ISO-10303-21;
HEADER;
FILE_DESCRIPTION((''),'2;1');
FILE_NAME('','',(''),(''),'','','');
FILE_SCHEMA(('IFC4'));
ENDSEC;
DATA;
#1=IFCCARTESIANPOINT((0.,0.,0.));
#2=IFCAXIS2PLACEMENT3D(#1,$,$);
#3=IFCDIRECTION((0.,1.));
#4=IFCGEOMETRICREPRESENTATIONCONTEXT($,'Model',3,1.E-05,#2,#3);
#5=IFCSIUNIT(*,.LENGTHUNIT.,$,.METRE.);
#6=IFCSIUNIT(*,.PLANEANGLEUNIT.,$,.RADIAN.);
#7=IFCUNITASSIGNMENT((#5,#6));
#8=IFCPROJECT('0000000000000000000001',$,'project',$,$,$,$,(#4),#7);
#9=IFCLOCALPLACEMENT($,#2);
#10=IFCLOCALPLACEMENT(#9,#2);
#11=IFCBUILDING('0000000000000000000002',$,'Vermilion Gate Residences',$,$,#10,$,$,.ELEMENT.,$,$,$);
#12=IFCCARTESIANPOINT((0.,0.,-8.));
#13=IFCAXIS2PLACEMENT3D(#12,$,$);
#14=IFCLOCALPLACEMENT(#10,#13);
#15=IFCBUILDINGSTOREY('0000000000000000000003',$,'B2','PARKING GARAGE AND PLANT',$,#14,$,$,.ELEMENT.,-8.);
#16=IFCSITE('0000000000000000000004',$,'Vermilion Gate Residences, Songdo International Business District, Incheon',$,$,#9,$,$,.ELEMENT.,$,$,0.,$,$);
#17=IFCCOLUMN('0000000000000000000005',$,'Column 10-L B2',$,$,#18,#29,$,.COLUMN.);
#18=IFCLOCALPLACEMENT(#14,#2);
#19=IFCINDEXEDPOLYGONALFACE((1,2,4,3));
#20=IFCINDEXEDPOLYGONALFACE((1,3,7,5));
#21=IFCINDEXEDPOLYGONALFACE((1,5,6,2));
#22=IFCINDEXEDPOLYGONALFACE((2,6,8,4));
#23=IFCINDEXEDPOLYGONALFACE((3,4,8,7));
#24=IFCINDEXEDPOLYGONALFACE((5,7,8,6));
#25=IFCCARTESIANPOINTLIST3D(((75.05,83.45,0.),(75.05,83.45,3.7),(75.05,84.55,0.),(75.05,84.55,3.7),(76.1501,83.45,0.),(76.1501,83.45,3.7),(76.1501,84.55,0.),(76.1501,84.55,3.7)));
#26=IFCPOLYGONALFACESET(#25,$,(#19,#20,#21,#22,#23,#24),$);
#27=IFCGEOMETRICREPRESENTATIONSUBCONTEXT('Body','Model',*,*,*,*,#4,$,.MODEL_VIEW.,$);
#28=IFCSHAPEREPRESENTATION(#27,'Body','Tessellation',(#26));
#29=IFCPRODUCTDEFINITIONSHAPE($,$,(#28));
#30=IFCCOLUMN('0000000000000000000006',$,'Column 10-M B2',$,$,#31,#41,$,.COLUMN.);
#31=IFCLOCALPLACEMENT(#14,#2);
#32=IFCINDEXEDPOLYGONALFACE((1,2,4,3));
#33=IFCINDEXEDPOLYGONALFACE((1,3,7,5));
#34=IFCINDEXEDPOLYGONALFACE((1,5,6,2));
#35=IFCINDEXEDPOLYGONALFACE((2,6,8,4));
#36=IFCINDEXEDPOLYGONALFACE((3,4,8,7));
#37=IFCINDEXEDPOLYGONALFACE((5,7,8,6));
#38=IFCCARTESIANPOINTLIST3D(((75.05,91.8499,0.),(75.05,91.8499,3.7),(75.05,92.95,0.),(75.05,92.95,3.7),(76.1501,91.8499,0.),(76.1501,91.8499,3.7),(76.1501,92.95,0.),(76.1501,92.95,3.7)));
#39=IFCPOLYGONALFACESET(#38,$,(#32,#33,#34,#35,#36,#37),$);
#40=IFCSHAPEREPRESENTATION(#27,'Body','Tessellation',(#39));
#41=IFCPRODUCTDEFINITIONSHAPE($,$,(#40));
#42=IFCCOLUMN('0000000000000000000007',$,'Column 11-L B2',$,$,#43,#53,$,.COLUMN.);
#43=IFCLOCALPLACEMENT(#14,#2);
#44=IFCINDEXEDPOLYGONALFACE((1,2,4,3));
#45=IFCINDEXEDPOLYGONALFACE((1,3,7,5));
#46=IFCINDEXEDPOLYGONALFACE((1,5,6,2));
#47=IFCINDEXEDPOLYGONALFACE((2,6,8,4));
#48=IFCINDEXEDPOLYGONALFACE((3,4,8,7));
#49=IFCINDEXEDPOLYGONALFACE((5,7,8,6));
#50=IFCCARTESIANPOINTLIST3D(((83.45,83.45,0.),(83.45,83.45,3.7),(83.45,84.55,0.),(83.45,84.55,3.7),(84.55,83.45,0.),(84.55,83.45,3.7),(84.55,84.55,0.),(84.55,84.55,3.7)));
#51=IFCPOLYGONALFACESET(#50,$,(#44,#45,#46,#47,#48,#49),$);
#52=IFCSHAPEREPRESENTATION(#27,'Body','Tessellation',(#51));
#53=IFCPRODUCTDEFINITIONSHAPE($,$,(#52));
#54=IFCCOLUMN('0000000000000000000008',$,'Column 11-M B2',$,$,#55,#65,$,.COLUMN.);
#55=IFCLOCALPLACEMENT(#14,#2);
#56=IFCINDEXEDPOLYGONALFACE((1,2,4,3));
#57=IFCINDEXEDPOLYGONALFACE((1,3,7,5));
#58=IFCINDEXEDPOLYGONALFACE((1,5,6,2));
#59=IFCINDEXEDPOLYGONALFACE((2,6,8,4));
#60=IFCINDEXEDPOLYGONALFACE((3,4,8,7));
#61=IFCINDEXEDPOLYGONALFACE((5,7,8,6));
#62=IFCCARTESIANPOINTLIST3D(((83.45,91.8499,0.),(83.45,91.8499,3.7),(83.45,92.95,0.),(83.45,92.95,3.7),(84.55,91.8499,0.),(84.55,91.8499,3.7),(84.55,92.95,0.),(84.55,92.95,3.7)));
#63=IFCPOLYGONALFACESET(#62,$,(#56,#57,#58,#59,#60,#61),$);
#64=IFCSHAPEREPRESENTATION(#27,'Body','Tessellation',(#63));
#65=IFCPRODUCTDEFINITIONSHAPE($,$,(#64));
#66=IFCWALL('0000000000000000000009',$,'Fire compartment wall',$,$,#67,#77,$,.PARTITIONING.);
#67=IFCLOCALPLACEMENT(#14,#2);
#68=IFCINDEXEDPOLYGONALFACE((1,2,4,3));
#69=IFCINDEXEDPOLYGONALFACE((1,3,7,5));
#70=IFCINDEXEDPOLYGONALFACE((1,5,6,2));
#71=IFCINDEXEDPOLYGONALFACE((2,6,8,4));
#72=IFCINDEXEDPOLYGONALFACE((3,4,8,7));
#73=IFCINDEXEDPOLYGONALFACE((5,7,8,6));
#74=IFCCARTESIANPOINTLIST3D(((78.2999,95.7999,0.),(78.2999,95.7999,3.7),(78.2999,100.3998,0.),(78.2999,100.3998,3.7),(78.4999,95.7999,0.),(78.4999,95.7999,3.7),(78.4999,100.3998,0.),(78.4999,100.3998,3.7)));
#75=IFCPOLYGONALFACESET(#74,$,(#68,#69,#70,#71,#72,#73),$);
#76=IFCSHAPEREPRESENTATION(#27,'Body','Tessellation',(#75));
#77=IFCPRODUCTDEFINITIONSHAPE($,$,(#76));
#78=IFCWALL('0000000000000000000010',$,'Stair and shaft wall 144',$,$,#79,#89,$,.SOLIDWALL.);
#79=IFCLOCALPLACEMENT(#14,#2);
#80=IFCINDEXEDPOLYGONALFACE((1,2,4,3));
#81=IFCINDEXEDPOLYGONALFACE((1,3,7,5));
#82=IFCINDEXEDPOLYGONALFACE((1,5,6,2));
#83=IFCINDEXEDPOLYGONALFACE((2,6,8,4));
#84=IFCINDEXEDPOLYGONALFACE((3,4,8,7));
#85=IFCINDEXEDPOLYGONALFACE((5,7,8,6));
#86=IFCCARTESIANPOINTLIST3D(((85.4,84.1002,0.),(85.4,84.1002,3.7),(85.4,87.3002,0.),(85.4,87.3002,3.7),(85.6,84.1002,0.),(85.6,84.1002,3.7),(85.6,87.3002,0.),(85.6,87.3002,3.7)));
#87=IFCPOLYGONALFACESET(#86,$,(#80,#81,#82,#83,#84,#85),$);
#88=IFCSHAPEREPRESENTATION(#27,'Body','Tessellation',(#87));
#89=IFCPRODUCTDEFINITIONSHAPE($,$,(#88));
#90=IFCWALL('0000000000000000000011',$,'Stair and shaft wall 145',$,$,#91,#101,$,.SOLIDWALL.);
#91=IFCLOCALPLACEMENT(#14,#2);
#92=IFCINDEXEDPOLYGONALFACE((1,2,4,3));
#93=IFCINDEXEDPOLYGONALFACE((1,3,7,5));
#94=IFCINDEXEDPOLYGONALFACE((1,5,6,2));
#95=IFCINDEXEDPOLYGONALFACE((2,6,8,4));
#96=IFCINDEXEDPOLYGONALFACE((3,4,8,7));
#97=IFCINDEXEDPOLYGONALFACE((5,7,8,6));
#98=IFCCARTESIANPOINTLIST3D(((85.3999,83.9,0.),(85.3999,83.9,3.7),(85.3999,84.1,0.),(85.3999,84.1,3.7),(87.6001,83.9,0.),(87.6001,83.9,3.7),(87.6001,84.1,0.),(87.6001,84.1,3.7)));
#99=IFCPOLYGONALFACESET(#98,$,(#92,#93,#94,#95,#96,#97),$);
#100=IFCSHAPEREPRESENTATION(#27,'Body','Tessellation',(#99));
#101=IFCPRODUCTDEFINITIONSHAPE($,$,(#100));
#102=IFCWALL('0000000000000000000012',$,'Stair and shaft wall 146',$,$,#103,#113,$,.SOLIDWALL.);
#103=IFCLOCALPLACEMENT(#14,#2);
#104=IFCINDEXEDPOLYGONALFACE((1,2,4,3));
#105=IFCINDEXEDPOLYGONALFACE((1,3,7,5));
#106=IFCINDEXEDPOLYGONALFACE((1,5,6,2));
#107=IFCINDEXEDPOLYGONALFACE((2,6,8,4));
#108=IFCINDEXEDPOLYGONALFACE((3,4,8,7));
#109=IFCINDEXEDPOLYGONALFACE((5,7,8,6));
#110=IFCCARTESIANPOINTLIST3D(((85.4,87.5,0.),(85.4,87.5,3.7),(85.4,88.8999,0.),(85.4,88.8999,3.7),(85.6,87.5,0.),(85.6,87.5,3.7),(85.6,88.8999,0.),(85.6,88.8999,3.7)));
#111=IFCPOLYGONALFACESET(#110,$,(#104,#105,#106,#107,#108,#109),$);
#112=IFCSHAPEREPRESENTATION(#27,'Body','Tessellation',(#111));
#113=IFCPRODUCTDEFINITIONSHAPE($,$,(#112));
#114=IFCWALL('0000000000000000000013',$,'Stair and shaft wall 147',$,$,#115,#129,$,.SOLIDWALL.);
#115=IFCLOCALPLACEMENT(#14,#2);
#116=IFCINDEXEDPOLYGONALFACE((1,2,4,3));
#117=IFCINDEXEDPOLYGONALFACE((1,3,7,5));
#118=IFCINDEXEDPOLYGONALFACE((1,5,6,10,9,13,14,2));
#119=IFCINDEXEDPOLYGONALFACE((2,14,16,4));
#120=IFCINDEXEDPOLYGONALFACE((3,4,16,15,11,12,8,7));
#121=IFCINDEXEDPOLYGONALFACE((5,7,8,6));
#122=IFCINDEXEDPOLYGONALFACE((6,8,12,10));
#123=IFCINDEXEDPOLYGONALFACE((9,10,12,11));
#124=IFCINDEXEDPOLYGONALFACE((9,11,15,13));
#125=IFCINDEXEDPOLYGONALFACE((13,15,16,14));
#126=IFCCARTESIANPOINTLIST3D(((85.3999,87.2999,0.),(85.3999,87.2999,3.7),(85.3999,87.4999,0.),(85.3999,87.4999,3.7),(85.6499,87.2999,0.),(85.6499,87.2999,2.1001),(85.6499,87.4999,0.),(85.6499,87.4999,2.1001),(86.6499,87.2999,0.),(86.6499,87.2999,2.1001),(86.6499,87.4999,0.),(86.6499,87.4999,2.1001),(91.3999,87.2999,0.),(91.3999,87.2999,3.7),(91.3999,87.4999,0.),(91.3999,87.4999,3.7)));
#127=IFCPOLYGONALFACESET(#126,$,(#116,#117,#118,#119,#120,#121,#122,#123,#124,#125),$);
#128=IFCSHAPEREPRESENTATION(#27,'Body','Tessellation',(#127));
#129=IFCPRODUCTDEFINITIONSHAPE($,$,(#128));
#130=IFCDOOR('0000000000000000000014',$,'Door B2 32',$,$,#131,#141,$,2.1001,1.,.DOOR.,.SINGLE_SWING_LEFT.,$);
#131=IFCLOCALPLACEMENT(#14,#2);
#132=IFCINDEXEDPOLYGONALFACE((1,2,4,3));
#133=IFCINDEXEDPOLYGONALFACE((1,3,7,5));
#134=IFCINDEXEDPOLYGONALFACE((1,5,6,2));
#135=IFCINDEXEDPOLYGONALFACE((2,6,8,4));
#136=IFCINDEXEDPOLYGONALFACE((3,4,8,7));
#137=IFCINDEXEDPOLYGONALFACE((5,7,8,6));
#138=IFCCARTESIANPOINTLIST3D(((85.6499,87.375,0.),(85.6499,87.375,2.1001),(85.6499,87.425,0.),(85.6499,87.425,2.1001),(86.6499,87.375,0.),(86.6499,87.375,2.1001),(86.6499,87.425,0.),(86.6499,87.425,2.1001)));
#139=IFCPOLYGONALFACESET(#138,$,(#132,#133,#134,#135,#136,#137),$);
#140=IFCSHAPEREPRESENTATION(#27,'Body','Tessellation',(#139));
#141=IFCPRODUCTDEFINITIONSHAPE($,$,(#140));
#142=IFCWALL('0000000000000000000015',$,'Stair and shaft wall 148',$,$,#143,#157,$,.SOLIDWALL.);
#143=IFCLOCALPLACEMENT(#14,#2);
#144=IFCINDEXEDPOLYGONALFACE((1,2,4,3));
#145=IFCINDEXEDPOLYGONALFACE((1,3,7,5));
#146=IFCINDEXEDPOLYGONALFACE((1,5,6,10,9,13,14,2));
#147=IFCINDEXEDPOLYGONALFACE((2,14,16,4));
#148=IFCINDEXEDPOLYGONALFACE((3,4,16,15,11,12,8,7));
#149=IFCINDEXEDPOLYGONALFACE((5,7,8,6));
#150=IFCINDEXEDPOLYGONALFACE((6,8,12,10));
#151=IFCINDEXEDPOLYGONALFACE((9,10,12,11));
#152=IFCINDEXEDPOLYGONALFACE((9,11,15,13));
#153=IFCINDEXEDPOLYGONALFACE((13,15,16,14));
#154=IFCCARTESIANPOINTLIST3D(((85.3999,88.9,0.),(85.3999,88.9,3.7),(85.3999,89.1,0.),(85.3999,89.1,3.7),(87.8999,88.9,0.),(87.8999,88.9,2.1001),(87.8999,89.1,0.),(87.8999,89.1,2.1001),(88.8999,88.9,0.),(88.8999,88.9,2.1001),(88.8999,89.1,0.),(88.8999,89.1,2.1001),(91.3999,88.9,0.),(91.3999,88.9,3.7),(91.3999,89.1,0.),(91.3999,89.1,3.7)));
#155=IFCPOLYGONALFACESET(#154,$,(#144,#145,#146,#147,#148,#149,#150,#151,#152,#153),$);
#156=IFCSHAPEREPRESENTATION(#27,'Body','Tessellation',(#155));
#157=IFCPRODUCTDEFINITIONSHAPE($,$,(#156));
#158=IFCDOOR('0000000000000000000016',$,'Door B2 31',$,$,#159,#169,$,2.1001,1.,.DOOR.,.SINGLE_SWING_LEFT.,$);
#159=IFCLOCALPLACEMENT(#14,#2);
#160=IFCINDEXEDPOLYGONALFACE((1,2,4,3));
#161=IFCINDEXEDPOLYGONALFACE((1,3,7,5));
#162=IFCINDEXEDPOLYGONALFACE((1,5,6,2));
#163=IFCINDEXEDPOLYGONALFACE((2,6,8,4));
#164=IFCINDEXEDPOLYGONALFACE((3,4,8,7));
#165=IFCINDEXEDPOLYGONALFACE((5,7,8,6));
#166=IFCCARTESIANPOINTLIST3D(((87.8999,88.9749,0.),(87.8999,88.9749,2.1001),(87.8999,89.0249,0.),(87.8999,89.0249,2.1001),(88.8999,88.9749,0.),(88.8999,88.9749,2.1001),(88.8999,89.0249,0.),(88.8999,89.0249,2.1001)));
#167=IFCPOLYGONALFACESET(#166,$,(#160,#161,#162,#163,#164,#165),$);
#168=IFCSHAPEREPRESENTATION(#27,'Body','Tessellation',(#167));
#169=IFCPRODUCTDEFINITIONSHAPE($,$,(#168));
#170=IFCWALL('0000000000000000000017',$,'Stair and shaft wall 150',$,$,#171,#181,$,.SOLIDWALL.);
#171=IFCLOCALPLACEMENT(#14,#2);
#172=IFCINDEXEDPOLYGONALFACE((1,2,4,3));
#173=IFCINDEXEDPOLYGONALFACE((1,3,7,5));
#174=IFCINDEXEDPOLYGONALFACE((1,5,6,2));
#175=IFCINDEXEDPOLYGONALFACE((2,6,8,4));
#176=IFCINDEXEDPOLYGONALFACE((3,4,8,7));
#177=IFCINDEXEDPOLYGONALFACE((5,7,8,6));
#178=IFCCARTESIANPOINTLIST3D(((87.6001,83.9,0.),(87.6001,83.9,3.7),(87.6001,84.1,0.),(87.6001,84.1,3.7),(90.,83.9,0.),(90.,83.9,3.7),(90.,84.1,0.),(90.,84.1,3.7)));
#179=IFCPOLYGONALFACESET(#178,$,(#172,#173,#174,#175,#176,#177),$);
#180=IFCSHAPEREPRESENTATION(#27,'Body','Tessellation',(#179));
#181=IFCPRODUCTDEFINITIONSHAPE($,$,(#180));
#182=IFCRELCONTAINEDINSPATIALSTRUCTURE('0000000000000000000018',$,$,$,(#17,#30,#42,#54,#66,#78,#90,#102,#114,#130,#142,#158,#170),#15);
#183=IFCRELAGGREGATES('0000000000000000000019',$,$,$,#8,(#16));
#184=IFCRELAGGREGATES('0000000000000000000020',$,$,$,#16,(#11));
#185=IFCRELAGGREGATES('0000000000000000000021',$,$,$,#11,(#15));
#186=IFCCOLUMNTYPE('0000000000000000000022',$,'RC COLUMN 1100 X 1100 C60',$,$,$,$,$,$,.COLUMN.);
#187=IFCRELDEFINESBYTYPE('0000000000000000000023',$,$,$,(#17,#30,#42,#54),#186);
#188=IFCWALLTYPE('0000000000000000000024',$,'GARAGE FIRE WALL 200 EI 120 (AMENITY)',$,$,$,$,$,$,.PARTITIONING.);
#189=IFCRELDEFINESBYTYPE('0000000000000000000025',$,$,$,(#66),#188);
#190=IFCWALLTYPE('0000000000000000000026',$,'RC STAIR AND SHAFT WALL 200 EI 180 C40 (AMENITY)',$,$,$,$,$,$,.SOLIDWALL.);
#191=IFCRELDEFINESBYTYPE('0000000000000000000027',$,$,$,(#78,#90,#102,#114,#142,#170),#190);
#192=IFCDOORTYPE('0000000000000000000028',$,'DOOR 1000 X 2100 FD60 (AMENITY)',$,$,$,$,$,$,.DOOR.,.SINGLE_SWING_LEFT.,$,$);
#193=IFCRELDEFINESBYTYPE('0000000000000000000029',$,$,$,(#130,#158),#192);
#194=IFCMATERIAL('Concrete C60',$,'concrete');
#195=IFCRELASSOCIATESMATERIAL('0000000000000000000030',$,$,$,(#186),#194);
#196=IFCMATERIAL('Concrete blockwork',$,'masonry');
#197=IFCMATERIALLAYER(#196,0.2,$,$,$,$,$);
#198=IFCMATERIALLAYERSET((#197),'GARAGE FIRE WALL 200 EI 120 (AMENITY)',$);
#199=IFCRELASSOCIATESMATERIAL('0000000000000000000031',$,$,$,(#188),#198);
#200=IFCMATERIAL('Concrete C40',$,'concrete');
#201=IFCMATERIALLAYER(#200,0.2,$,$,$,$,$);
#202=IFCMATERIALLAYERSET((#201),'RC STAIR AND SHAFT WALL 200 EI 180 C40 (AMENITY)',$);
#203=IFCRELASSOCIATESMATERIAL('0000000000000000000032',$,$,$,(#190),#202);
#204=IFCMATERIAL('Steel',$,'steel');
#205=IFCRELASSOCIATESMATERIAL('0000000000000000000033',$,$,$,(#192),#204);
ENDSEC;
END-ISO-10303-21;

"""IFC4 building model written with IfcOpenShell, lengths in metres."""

from ifc_helpers import new_model, si_unit, direction, frame, frame_2d, origin, origin_2d, place, context, subcontext, project, spatial, rectangle, extrude, material, layer, layer_set, material_profile, profile_set, type_object, element, fill, save


model = new_model("IFC4")

# Units and contexts
model_context = context("Model", 3, precision=1e-05, world=origin(), true_north=direction((0.0, 1.0)))
body_context = subcontext(model_context, "Body", "Model", "MODEL_VIEW")
ifc_project = project(units=[si_unit("LENGTHUNIT", "METRE"), si_unit("PLANEANGLEUNIT", "RADIAN")], contexts=[model_context])

# Site, building, storey
site_placement = place(None, origin())
site = spatial("IfcSite", under=ifc_project, at=site_placement, Name="Vermilion Gate Residences, Songdo International Business District, Incheon", CompositionType="ELEMENT", RefElevation=0.0)
building_placement = place(site_placement, origin())
building = spatial("IfcBuilding", under=site, at=building_placement, Name="Vermilion Gate Residences", CompositionType="ELEMENT")
storey_placement = place(building_placement, frame((0.0, 0.0, -8.0)))
storey = spatial("IfcBuildingStorey", under=building, at=storey_placement, Name="B2", Description="PARKING GARAGE AND PLANT", CompositionType="ELEMENT", Elevation=-8.0)

# Columns
ifc_material_1 = material(Name="Concrete C60", Category="concrete")
ifc_material_profile_1 = material_profile(ifc_material_1, rectangle(XDim=1.1001, YDim=1.1001, at=origin_2d()), Name="RC-1100x1100")
ifc_profile_set_1 = profile_set([ifc_material_profile_1], Name="Concrete C60")
column_type = type_object("IfcColumnType", Name="RC COLUMN 1100 X 1100 C60", PredefinedType="COLUMN", material=ifc_profile_set_1)
for number, where, z_axis, x_axis, name in (
    (1, (75.6001, 84.0, 0.0), (0.0, 0.0, 1.0), (1.0, 0.0, 0.0), "Column 10-L B2"),
    (2, (75.6001, 92.3999, 0.0), (0.0, 0.0, 1.0), (1.0, 0.0, 0.0), "Column 10-M B2"),
    (3, (84.0, 84.0, 0.0), (0.0, 0.0, 1.0), (1.0, 0.0, 0.0), "Column 11-L B2"),
    (4, (84.0, 92.3999, 0.0), (0.0, 0.0, 1.0), (1.0, 0.0, 0.0), "Column 11-M B2"),
):
    element("IfcColumn", number, at=place(storey_placement, frame(where, z_axis=z_axis, x_axis=x_axis)), inside=storey, type_object=column_type, Name=name, PredefinedType="COLUMN", context=body_context, shape_type="SweptSolid", body=[
        extrude(rectangle(XDim=1.1001, YDim=1.1001, at=origin_2d()), origin(), (0.0, 0.0, 1.0), 3.7),
    ])

# Shared definitions
ifc_material_2 = material(Name="Concrete blockwork", Category="masonry")
ifc_layer_1 = layer(ifc_material_2, 0.2)
ifc_layer_set_1 = layer_set([ifc_layer_1], Name="GARAGE FIRE WALL 200 EI 120 (AMENITY)")
wall_type_1 = type_object("IfcWallType", Name="GARAGE FIRE WALL 200 EI 120 (AMENITY)", PredefinedType="PARTITIONING", material=ifc_layer_set_1)

# Walls
wall_1_placement = place(storey_placement, frame((78.3999, 95.8, 0.0), z_axis=(0.0, 0.0, 1.0), x_axis=(0.0, 1.0, 0.0)))
element("IfcWall", 5, at=wall_1_placement, inside=storey, type_object=wall_type_1, Name="Fire compartment wall", PredefinedType="PARTITIONING", context=body_context, shape_type="SweptSolid", body=[
    extrude(rectangle(XDim=4.5999, YDim=0.2, at=frame_2d((2.2998, 0.0))), origin(), (0.0, 0.0, 1.0), 3.7),
])
ifc_material_3 = material(Name="Concrete C40", Category="concrete")
ifc_layer_2 = layer(ifc_material_3, 0.2)
ifc_layer_set_2 = layer_set([ifc_layer_2], Name="RC STAIR AND SHAFT WALL 200 EI 180 C40 (AMENITY)")
wall_type_2 = type_object("IfcWallType", Name="RC STAIR AND SHAFT WALL 200 EI 180 C40 (AMENITY)", PredefinedType="SOLIDWALL", material=ifc_layer_set_2)
wall_2_placement = place(storey_placement, frame((85.5, 84.1001, 0.0), z_axis=(0.0, 0.0, 1.0), x_axis=(0.0, 1.0, 0.0)))
element("IfcWall", 6, at=wall_2_placement, inside=storey, type_object=wall_type_2, Name="Stair and shaft wall 144", PredefinedType="SOLIDWALL", context=body_context, shape_type="SweptSolid", body=[
    extrude(rectangle(XDim=3.2, YDim=0.2, at=frame_2d((1.6001, 0.0))), origin(), (0.0, 0.0, 1.0), 3.7),
])
wall_3_placement = place(storey_placement, frame((85.3999, 84.0, 0.0), z_axis=(0.0, 0.0, 1.0), x_axis=(1.0, 0.0, 0.0)))
element("IfcWall", 7, at=wall_3_placement, inside=storey, type_object=wall_type_2, Name="Stair and shaft wall 145", PredefinedType="SOLIDWALL", context=body_context, shape_type="SweptSolid", body=[
    extrude(rectangle(XDim=2.2002, YDim=0.2, at=frame_2d((1.1001, 0.0))), origin(), (0.0, 0.0, 1.0), 3.7),
])
wall_4_placement = place(storey_placement, frame((85.5, 87.5, 0.0), z_axis=(0.0, 0.0, 1.0), x_axis=(0.0, 1.0, 0.0)))
element("IfcWall", 8, at=wall_4_placement, inside=storey, type_object=wall_type_2, Name="Stair and shaft wall 146", PredefinedType="SOLIDWALL", context=body_context, shape_type="SweptSolid", body=[
    extrude(rectangle(XDim=1.3999, YDim=0.2, at=frame_2d((0.7, 0.0))), origin(), (0.0, 0.0, 1.0), 3.7),
])

# Walls, openings, doors
wall_5_placement = place(storey_placement, frame((85.3999, 87.3999, 0.0), z_axis=(0.0, 0.0, 1.0), x_axis=(1.0, 0.0, 0.0)))
wall_5 = element("IfcWall", 9, at=wall_5_placement, inside=storey, type_object=wall_type_2, Name="Stair and shaft wall 147", PredefinedType="SOLIDWALL", context=body_context, shape_type="SweptSolid", body=[
    extrude(rectangle(XDim=6.0, YDim=0.2, at=frame_2d((3.0, 0.0))), origin(), (0.0, 0.0, 1.0), 3.7),
])
opening_1_placement = place(wall_5_placement, frame((0.25, 0.0, 0.0)))
opening_1 = element("IfcOpeningElement", 10, at=opening_1_placement, cuts=wall_5, PredefinedType="OPENING", context=body_context, shape_type="SweptSolid", body=[
    extrude(rectangle(XDim=1.0, YDim=2.1001, at=frame_2d((0.5, 1.05))), frame((0.0, 0.1099, 0.0), z_axis=(0.0, -1.0, 0.0), x_axis=(1.0, 0.0, 0.0)), (0.0, 0.0, 1.0), 0.22),
])
ifc_material_4 = material(Name="Steel", Category="steel")
door_type_1 = type_object("IfcDoorType", Name="DOOR 1000 X 2100 FD60 (AMENITY)", OperationType="SINGLE_SWING_LEFT", PredefinedType="DOOR", material=ifc_material_4)
door_1_placement = place(opening_1_placement, frame((1.0, 0.0, 0.0), z_axis=(0.0, 0.0, 1.0), x_axis=(-1.0, 0.0, 0.0)))
door_1 = element("IfcDoor", 11, at=door_1_placement, inside=storey, type_object=door_type_1, Name="Door B2 32", OperationType="SINGLE_SWING_LEFT", OverallHeight=2.1001, OverallWidth=1.0, PredefinedType="DOOR", context=body_context, shape_type="SweptSolid", body=[
    extrude(rectangle(XDim=1.0, YDim=2.1001, at=frame_2d((0.5, 1.05))), frame((0.0, 0.0249, 0.0), z_axis=(0.0, -1.0, 0.0), x_axis=(1.0, 0.0, 0.0)), (0.0, 0.0, 1.0), 0.05),
])
fill(opening_1, door_1)
wall_6_placement = place(storey_placement, frame((85.3999, 89.0, 0.0), z_axis=(0.0, 0.0, 1.0), x_axis=(1.0, 0.0, 0.0)))
wall_6 = element("IfcWall", 12, at=wall_6_placement, inside=storey, type_object=wall_type_2, Name="Stair and shaft wall 148", PredefinedType="SOLIDWALL", context=body_context, shape_type="SweptSolid", body=[
    extrude(rectangle(XDim=6.0, YDim=0.2, at=frame_2d((3.0, 0.0))), origin(), (0.0, 0.0, 1.0), 3.7),
])
opening_2_placement = place(wall_6_placement, frame((2.5, 0.0, 0.0)))
opening_2 = element("IfcOpeningElement", 13, at=opening_2_placement, cuts=wall_6, PredefinedType="OPENING", context=body_context, shape_type="SweptSolid", body=[
    extrude(rectangle(XDim=1.0, YDim=2.1001, at=frame_2d((0.5, 1.05))), frame((0.0, 0.1099, 0.0), z_axis=(0.0, -1.0, 0.0), x_axis=(1.0, 0.0, 0.0)), (0.0, 0.0, 1.0), 0.22),
])
door_2_placement = place(opening_2_placement, origin())
door_2 = element("IfcDoor", 14, at=door_2_placement, inside=storey, type_object=door_type_1, Name="Door B2 31", OperationType="SINGLE_SWING_LEFT", OverallHeight=2.1001, OverallWidth=1.0, PredefinedType="DOOR", context=body_context, shape_type="SweptSolid", body=[
    extrude(rectangle(XDim=1.0, YDim=2.1001, at=frame_2d((0.5, 1.05))), frame((0.0, 0.0249, 0.0), z_axis=(0.0, -1.0, 0.0), x_axis=(1.0, 0.0, 0.0)), (0.0, 0.0, 1.0), 0.05),
])
fill(opening_2, door_2)

# Wall
wall_7_placement = place(storey_placement, frame((87.6001, 84.0, 0.0), z_axis=(0.0, 0.0, 1.0), x_axis=(1.0, 0.0, 0.0)))
element("IfcWall", 15, at=wall_7_placement, inside=storey, type_object=wall_type_2, Name="Stair and shaft wall 150", PredefinedType="SOLIDWALL", context=body_context, shape_type="SweptSolid", body=[
    extrude(rectangle(XDim=2.3999, YDim=0.2, at=frame_2d((1.2, 0.0))), origin(), (0.0, 0.0, 1.0), 3.7),
])

save(model, "model.ifc")
